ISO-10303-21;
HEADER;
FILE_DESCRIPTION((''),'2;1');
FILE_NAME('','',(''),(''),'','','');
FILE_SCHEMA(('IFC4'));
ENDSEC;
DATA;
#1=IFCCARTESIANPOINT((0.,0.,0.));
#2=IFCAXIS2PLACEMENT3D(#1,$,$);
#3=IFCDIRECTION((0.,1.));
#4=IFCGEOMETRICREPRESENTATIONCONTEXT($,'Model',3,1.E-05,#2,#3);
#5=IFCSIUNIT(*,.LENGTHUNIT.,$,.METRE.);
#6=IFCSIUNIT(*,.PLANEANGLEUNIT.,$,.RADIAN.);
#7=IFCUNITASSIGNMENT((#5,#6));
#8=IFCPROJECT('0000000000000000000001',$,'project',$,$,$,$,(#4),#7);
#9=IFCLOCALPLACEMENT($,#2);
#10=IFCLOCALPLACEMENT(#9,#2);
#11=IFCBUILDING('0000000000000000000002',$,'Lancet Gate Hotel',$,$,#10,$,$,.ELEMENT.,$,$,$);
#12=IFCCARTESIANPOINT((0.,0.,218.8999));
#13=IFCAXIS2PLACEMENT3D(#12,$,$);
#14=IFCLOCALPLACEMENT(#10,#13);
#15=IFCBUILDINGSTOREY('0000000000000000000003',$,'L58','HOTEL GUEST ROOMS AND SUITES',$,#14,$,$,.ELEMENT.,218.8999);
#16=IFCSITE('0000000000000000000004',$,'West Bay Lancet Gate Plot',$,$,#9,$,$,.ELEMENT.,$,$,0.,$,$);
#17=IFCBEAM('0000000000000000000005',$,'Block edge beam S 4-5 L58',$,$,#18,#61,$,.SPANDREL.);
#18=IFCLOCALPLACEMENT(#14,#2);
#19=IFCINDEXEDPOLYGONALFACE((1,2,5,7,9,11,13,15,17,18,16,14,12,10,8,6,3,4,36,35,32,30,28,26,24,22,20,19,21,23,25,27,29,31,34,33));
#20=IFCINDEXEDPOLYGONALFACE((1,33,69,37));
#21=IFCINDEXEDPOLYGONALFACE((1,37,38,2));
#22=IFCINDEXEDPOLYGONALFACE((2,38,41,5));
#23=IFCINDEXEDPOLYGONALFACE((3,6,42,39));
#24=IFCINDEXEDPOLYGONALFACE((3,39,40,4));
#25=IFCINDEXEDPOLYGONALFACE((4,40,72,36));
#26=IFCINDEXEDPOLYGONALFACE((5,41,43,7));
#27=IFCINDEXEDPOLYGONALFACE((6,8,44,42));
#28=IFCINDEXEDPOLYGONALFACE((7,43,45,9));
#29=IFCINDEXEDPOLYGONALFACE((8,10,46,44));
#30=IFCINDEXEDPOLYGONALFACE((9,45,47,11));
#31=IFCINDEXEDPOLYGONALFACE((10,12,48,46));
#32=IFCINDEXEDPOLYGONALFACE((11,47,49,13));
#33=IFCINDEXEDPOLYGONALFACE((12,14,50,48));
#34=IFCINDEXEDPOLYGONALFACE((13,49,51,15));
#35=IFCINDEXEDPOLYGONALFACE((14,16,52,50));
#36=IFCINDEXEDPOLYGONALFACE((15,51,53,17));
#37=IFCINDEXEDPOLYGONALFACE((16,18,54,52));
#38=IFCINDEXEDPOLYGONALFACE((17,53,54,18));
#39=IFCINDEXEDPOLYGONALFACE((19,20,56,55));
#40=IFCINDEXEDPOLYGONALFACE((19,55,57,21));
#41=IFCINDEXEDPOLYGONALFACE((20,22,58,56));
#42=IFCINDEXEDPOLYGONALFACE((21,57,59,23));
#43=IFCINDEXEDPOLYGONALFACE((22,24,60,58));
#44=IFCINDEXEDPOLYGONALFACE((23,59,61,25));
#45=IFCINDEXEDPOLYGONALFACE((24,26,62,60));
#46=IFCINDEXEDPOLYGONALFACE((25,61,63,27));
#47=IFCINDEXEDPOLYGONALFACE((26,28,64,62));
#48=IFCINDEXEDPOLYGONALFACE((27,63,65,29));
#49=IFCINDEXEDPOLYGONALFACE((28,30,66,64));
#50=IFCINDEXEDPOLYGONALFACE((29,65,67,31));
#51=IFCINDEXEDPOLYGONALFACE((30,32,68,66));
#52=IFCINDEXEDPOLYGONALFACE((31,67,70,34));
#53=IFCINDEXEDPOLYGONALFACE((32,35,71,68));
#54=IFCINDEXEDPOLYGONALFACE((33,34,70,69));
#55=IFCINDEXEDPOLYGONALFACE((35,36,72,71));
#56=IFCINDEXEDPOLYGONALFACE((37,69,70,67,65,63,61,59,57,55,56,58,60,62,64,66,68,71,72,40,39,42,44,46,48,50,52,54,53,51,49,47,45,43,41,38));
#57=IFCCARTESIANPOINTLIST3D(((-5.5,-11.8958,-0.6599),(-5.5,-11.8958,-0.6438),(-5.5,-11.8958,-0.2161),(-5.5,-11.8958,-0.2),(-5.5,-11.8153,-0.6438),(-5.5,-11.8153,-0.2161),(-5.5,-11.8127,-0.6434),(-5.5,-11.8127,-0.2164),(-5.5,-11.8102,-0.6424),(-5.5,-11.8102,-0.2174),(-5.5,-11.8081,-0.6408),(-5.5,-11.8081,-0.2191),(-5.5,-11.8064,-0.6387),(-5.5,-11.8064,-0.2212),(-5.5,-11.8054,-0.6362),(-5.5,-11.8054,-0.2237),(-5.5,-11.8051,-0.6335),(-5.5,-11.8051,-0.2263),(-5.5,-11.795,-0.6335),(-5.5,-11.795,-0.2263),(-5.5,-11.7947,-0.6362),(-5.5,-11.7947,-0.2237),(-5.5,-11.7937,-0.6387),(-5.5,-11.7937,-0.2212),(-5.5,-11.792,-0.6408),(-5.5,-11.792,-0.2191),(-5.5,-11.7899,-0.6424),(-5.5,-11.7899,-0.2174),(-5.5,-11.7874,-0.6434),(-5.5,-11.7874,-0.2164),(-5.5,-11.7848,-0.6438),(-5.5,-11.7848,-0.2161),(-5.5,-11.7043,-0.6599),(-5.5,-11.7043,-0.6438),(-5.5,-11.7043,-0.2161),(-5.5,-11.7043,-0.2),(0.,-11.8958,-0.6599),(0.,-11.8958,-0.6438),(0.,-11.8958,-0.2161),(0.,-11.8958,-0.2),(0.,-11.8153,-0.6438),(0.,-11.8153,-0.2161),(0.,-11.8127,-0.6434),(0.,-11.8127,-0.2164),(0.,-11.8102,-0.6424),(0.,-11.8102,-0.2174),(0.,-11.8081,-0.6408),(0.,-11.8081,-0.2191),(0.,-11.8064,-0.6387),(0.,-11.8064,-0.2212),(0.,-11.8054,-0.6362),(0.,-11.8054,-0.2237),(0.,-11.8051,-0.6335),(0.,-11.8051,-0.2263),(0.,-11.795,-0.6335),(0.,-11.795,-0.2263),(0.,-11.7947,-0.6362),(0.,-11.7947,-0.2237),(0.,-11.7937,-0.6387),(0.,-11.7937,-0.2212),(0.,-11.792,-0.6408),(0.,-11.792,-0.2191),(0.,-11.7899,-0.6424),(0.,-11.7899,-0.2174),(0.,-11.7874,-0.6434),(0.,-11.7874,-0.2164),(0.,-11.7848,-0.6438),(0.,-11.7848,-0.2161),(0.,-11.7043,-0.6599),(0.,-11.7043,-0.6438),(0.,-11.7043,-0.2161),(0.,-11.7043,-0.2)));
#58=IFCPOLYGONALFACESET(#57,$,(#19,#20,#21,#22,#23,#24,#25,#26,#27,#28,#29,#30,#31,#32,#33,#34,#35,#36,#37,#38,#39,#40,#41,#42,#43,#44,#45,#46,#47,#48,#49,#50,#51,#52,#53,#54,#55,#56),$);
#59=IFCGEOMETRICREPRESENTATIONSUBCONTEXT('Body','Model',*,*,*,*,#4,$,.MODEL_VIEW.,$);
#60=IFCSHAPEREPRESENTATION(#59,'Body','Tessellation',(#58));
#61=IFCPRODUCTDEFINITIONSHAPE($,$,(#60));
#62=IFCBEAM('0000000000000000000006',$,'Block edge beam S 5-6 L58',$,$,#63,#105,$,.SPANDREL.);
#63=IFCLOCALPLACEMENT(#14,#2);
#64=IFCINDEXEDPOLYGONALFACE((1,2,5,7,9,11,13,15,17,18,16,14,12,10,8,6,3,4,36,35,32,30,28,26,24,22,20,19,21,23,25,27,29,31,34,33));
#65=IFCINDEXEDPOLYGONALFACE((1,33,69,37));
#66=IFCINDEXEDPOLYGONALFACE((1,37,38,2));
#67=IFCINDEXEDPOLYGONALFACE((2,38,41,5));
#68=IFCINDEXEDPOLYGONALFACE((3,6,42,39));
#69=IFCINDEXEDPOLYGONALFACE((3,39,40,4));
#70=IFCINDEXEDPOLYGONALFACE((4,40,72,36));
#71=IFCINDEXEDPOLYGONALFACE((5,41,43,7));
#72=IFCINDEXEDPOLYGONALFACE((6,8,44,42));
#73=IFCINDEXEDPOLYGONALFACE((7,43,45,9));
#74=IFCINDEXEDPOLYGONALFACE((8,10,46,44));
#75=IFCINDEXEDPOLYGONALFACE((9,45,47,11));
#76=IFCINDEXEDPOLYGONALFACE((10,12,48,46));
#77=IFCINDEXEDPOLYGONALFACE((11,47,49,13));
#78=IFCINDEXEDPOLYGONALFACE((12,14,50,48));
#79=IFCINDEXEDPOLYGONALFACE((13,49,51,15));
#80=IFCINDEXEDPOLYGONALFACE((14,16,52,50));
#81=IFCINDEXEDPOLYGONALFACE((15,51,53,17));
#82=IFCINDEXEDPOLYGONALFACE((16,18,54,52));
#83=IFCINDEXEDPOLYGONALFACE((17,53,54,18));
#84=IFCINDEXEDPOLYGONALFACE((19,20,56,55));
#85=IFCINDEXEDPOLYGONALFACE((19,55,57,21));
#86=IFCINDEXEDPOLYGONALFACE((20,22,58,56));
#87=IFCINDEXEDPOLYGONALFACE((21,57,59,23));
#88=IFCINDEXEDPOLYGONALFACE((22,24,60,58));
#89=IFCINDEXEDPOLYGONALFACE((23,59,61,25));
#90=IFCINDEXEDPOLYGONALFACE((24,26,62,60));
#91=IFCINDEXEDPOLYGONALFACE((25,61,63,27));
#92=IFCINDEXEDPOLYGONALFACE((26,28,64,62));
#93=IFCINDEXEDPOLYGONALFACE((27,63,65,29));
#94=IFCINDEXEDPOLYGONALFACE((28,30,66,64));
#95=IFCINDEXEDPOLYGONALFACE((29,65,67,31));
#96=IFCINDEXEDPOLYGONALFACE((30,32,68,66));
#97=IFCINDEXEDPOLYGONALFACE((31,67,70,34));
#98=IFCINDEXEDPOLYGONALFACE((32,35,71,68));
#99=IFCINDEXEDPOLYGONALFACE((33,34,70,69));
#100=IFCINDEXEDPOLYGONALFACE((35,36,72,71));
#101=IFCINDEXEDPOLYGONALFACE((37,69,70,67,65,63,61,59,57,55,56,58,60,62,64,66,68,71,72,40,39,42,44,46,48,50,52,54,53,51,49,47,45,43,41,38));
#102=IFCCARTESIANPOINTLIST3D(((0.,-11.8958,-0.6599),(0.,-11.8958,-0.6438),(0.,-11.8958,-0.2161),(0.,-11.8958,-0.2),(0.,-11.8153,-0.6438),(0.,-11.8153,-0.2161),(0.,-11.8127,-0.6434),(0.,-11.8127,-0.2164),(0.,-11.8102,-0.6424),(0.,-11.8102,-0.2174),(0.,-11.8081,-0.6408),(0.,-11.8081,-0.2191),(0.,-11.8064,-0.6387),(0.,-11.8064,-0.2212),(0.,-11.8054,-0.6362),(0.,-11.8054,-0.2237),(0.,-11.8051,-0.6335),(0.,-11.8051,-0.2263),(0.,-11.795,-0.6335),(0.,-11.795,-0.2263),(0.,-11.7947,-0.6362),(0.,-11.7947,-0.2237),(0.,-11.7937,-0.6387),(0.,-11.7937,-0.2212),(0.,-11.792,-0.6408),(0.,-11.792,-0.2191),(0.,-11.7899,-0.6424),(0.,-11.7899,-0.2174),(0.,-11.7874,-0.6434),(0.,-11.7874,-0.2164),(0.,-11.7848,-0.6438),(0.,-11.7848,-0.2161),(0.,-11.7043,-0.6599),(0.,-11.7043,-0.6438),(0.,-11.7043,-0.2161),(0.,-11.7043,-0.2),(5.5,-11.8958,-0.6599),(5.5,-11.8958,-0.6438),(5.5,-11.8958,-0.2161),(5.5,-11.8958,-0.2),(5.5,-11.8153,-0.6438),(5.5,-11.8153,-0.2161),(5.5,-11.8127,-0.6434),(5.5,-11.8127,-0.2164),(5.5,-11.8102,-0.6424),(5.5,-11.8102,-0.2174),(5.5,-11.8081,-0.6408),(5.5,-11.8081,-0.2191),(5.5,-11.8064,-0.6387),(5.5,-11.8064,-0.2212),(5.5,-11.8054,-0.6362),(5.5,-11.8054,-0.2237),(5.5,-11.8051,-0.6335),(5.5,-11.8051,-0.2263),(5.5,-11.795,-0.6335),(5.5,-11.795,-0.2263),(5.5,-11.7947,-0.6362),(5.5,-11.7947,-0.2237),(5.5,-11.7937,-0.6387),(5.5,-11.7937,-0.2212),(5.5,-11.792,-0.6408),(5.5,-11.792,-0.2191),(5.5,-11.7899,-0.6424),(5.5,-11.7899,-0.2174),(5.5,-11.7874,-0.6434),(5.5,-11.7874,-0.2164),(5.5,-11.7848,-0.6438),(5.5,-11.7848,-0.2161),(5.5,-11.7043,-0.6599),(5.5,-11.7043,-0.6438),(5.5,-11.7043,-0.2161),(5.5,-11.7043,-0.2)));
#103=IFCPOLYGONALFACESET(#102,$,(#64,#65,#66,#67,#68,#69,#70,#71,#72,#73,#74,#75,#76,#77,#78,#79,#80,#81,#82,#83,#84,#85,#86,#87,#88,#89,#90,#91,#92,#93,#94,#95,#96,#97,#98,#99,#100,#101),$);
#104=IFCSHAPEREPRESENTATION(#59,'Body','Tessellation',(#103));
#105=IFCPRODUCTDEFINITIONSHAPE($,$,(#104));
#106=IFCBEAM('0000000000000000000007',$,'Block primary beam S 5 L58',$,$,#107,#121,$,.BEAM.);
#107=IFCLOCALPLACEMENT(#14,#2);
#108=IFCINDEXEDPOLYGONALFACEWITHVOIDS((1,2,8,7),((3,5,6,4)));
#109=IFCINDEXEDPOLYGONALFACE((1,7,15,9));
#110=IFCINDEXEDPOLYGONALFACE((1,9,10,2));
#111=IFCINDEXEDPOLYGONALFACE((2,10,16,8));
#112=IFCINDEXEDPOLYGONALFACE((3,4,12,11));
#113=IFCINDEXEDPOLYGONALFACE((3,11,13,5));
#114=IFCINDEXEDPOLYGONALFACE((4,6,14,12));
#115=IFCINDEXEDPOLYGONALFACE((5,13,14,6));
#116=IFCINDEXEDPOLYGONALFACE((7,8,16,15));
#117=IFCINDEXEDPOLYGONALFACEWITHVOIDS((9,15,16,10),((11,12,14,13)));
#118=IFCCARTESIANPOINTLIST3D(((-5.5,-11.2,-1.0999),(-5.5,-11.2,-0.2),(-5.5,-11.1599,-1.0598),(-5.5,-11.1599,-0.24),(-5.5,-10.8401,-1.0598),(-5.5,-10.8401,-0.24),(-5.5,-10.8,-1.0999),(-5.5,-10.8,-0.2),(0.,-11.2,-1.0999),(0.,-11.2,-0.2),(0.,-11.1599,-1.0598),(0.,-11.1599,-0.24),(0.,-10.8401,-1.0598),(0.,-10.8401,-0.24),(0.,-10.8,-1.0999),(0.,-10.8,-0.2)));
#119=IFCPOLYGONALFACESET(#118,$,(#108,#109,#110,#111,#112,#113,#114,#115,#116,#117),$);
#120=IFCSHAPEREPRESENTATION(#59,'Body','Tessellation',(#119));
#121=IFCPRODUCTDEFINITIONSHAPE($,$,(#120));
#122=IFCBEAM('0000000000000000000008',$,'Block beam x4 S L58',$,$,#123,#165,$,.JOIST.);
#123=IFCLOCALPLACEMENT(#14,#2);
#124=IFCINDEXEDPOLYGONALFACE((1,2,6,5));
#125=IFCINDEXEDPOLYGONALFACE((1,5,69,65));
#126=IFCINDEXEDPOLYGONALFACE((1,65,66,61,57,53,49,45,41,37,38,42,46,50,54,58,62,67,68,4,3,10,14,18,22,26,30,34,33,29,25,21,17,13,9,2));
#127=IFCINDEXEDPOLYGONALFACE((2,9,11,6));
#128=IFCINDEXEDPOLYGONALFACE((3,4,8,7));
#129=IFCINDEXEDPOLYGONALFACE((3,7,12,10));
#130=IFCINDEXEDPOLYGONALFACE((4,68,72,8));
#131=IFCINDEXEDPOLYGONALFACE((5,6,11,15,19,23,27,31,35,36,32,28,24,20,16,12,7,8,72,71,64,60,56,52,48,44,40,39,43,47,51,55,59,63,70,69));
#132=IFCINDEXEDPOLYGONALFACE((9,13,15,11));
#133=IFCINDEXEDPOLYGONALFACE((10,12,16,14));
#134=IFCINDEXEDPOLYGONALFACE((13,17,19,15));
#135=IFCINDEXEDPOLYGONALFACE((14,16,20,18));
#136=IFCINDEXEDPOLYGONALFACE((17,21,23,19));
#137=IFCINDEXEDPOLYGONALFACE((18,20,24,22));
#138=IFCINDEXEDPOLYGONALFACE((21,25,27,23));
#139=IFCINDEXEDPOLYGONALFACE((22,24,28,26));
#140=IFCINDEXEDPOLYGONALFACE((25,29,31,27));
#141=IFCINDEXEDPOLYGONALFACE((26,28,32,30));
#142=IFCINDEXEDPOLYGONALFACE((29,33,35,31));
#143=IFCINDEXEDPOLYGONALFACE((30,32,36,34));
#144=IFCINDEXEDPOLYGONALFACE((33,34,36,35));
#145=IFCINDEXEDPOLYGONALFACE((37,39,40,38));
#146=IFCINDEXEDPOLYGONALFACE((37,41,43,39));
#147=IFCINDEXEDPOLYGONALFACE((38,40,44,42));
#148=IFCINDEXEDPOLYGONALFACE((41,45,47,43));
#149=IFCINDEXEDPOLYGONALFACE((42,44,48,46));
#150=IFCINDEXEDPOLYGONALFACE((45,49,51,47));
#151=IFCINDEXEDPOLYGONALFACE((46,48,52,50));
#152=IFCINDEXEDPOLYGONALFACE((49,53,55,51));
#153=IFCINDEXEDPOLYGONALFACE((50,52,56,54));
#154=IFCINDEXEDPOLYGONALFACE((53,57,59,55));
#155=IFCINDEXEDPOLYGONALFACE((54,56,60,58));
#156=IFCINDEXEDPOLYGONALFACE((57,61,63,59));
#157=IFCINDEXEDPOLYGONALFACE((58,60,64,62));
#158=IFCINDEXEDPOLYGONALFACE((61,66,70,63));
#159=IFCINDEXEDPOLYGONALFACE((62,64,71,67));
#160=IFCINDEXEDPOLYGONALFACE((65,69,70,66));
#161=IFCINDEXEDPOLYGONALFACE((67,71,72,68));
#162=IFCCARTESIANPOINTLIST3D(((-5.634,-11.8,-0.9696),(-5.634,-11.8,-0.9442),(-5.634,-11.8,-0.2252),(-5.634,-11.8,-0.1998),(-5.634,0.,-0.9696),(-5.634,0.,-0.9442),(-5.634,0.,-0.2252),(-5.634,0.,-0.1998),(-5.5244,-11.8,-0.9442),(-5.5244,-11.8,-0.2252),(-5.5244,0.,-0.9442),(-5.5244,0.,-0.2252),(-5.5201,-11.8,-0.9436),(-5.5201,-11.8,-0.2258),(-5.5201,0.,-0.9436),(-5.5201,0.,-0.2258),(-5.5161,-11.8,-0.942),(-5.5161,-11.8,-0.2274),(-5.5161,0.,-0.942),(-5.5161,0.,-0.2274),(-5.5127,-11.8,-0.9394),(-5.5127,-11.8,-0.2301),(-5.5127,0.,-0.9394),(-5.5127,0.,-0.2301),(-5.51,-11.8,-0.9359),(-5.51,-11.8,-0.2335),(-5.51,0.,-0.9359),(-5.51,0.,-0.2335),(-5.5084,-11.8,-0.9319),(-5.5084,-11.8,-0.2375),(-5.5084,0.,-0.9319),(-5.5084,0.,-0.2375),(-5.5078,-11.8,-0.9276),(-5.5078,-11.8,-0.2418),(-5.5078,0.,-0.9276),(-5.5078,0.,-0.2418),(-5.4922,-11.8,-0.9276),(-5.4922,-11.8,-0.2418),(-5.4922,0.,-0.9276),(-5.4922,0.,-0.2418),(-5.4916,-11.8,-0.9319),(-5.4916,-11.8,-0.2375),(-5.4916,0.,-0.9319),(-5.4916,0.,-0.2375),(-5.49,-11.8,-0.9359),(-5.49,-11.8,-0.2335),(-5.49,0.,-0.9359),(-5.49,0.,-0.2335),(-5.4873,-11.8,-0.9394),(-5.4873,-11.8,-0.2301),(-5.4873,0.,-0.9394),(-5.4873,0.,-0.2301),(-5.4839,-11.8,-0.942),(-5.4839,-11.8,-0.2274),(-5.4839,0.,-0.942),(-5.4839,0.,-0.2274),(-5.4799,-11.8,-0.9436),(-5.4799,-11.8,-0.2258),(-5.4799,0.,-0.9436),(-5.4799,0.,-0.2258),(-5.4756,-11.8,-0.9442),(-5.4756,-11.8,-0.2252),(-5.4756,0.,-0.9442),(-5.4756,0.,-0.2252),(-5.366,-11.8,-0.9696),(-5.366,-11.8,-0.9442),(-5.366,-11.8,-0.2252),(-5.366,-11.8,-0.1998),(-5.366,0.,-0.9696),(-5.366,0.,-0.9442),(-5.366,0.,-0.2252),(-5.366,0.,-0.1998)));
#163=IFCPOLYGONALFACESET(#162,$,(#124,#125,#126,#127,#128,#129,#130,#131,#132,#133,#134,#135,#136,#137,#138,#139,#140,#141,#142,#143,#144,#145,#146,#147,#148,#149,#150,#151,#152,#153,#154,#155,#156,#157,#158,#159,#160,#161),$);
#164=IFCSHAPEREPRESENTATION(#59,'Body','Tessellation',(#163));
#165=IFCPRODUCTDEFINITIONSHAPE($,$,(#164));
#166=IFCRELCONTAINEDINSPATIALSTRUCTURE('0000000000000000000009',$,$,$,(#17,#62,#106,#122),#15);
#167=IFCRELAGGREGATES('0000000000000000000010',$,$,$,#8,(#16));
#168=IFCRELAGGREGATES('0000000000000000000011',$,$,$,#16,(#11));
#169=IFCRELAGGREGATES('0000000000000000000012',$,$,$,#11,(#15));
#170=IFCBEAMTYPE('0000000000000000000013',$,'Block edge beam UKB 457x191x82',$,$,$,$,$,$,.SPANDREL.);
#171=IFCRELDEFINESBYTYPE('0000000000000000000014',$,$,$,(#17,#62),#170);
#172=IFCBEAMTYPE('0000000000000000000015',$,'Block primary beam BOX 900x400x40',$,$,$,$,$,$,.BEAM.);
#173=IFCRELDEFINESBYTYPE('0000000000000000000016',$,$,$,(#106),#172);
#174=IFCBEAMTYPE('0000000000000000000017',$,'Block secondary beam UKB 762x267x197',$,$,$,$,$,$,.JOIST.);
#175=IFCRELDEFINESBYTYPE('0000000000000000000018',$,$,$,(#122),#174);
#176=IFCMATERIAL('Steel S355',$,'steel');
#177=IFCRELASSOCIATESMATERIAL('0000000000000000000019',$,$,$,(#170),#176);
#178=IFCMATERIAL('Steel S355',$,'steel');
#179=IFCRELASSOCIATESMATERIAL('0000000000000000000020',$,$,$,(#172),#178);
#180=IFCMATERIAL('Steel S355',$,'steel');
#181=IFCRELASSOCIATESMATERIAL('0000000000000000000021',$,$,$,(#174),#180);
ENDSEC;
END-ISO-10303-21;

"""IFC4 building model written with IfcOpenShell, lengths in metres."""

from ifc_helpers import new_model, si_unit, direction, frame, origin, origin_2d, place, context, subcontext, project, spatial, hollow_rectangle, i_section, extrude, material, material_profile, profile_set, type_object, element, save


model = new_model("IFC4")

# Units and contexts
model_context = context("Model", 3, precision=1e-05, world=origin(), true_north=direction((0.0, 1.0)))
body_context = subcontext(model_context, "Body", "Model", "MODEL_VIEW")
ifc_project = project(units=[si_unit("LENGTHUNIT", "METRE"), si_unit("PLANEANGLEUNIT", "RADIAN")], contexts=[model_context])

# Site, building, storey
site_placement = place(None, origin())
site = spatial("IfcSite", under=ifc_project, at=site_placement, Name="West Bay Lancet Gate Plot", CompositionType="ELEMENT", RefElevation=0.0)
building_placement = place(site_placement, origin())
building = spatial("IfcBuilding", under=site, at=building_placement, Name="Lancet Gate Hotel", CompositionType="ELEMENT")
storey_placement = place(building_placement, frame((0.0, 0.0, 218.8999)))
storey = spatial("IfcBuildingStorey", under=building, at=storey_placement, Name="L58", Description="HOTEL GUEST ROOMS AND SUITES", CompositionType="ELEMENT", Elevation=218.8999)

# Beams
ifc_material_1 = material(Name="Steel S355", Category="steel")
ifc_material_profile_1 = material_profile(ifc_material_1, i_section(OverallWidth=0.1914, OverallDepth=0.46, WebThickness=0.01, FlangeThickness=0.0161, FilletRadius=0.0103, at=origin_2d()), Name="UKB 457x191x82")
ifc_profile_set_1 = profile_set([ifc_material_profile_1], Name="Steel S355")
beam_type_1 = type_object("IfcBeamType", Name="Block edge beam UKB 457x191x82", PredefinedType="SPANDREL", material=ifc_profile_set_1)
for number, where, z_axis, x_axis, name in (
    (1, (-5.5, -11.8, -0.4299), (1.0, 0.0, 0.0), (0.0, 1.0, 0.0), "Block edge beam S 4-5 L58"),
    (2, (0.0, -11.8, -0.4299), (1.0, 0.0, 0.0), (0.0, 1.0, 0.0), "Block edge beam S 5-6 L58"),
):
    element("IfcBeam", number, at=place(storey_placement, frame(where, z_axis=z_axis, x_axis=x_axis)), inside=storey, type_object=beam_type_1, Name=name, PredefinedType="SPANDREL", context=body_context, shape_type="SweptSolid", body=[
        extrude(i_section(OverallWidth=0.1914, OverallDepth=0.46, WebThickness=0.01, FlangeThickness=0.0161, FilletRadius=0.0103, at=origin_2d()), origin(), (0.0, 0.0, 1.0), 5.5),
    ])
ifc_material_2 = material(Name="Steel S355", Category="steel")
ifc_material_profile_2 = material_profile(ifc_material_2, hollow_rectangle(XDim=0.3999, YDim=0.8999, WallThickness=0.04, at=origin_2d()), Name="BOX 900x400x40")
ifc_profile_set_2 = profile_set([ifc_material_profile_2], Name="Steel S355")
beam_type_2 = type_object("IfcBeamType", Name="Block primary beam BOX 900x400x40", PredefinedType="BEAM", material=ifc_profile_set_2)
beam_placement = place(storey_placement, frame((-5.5, -11.0, -0.6499), z_axis=(1.0, 0.0, 0.0), x_axis=(0.0, 1.0, 0.0)))
element("IfcBeam", 3, at=beam_placement, inside=storey, type_object=beam_type_2, Name="Block primary beam S 5 L58", PredefinedType="BEAM", context=body_context, shape_type="SweptSolid", body=[
    extrude(hollow_rectangle(XDim=0.3999, YDim=0.8999, WallThickness=0.04, at=origin_2d()), origin(), (0.0, 0.0, 1.0), 5.5),
])
ifc_material_3 = material(Name="Steel S355", Category="steel")
ifc_material_profile_3 = material_profile(ifc_material_3, i_section(OverallWidth=0.2681, OverallDepth=0.7698, WebThickness=0.0156, FlangeThickness=0.0254, FilletRadius=0.0166, at=origin_2d()), Name="UKB 762x267x197")
ifc_profile_set_3 = profile_set([ifc_material_profile_3], Name="Steel S355")
beam_type_3 = type_object("IfcBeamType", Name="Block secondary beam UKB 762x267x197", PredefinedType="JOIST", material=ifc_profile_set_3)
for number, where, z_axis, x_axis, name in (
    (4, (-5.5, -11.8, -0.5847), (0.0, 1.0, 0.0), (-1.0, 0.0, 0.0), "Block beam x4 S L58"),
):
    element("IfcBeam", number, at=place(storey_placement, frame(where, z_axis=z_axis, x_axis=x_axis)), inside=storey, type_object=beam_type_3, Name=name, PredefinedType="JOIST", context=body_context, shape_type="SweptSolid", body=[
        extrude(i_section(OverallWidth=0.2681, OverallDepth=0.7698, WebThickness=0.0156, FlangeThickness=0.0254, FilletRadius=0.0166, at=origin_2d()), origin(), (0.0, 0.0, 1.0), 11.8),
    ])

save(model, "model.ifc")
